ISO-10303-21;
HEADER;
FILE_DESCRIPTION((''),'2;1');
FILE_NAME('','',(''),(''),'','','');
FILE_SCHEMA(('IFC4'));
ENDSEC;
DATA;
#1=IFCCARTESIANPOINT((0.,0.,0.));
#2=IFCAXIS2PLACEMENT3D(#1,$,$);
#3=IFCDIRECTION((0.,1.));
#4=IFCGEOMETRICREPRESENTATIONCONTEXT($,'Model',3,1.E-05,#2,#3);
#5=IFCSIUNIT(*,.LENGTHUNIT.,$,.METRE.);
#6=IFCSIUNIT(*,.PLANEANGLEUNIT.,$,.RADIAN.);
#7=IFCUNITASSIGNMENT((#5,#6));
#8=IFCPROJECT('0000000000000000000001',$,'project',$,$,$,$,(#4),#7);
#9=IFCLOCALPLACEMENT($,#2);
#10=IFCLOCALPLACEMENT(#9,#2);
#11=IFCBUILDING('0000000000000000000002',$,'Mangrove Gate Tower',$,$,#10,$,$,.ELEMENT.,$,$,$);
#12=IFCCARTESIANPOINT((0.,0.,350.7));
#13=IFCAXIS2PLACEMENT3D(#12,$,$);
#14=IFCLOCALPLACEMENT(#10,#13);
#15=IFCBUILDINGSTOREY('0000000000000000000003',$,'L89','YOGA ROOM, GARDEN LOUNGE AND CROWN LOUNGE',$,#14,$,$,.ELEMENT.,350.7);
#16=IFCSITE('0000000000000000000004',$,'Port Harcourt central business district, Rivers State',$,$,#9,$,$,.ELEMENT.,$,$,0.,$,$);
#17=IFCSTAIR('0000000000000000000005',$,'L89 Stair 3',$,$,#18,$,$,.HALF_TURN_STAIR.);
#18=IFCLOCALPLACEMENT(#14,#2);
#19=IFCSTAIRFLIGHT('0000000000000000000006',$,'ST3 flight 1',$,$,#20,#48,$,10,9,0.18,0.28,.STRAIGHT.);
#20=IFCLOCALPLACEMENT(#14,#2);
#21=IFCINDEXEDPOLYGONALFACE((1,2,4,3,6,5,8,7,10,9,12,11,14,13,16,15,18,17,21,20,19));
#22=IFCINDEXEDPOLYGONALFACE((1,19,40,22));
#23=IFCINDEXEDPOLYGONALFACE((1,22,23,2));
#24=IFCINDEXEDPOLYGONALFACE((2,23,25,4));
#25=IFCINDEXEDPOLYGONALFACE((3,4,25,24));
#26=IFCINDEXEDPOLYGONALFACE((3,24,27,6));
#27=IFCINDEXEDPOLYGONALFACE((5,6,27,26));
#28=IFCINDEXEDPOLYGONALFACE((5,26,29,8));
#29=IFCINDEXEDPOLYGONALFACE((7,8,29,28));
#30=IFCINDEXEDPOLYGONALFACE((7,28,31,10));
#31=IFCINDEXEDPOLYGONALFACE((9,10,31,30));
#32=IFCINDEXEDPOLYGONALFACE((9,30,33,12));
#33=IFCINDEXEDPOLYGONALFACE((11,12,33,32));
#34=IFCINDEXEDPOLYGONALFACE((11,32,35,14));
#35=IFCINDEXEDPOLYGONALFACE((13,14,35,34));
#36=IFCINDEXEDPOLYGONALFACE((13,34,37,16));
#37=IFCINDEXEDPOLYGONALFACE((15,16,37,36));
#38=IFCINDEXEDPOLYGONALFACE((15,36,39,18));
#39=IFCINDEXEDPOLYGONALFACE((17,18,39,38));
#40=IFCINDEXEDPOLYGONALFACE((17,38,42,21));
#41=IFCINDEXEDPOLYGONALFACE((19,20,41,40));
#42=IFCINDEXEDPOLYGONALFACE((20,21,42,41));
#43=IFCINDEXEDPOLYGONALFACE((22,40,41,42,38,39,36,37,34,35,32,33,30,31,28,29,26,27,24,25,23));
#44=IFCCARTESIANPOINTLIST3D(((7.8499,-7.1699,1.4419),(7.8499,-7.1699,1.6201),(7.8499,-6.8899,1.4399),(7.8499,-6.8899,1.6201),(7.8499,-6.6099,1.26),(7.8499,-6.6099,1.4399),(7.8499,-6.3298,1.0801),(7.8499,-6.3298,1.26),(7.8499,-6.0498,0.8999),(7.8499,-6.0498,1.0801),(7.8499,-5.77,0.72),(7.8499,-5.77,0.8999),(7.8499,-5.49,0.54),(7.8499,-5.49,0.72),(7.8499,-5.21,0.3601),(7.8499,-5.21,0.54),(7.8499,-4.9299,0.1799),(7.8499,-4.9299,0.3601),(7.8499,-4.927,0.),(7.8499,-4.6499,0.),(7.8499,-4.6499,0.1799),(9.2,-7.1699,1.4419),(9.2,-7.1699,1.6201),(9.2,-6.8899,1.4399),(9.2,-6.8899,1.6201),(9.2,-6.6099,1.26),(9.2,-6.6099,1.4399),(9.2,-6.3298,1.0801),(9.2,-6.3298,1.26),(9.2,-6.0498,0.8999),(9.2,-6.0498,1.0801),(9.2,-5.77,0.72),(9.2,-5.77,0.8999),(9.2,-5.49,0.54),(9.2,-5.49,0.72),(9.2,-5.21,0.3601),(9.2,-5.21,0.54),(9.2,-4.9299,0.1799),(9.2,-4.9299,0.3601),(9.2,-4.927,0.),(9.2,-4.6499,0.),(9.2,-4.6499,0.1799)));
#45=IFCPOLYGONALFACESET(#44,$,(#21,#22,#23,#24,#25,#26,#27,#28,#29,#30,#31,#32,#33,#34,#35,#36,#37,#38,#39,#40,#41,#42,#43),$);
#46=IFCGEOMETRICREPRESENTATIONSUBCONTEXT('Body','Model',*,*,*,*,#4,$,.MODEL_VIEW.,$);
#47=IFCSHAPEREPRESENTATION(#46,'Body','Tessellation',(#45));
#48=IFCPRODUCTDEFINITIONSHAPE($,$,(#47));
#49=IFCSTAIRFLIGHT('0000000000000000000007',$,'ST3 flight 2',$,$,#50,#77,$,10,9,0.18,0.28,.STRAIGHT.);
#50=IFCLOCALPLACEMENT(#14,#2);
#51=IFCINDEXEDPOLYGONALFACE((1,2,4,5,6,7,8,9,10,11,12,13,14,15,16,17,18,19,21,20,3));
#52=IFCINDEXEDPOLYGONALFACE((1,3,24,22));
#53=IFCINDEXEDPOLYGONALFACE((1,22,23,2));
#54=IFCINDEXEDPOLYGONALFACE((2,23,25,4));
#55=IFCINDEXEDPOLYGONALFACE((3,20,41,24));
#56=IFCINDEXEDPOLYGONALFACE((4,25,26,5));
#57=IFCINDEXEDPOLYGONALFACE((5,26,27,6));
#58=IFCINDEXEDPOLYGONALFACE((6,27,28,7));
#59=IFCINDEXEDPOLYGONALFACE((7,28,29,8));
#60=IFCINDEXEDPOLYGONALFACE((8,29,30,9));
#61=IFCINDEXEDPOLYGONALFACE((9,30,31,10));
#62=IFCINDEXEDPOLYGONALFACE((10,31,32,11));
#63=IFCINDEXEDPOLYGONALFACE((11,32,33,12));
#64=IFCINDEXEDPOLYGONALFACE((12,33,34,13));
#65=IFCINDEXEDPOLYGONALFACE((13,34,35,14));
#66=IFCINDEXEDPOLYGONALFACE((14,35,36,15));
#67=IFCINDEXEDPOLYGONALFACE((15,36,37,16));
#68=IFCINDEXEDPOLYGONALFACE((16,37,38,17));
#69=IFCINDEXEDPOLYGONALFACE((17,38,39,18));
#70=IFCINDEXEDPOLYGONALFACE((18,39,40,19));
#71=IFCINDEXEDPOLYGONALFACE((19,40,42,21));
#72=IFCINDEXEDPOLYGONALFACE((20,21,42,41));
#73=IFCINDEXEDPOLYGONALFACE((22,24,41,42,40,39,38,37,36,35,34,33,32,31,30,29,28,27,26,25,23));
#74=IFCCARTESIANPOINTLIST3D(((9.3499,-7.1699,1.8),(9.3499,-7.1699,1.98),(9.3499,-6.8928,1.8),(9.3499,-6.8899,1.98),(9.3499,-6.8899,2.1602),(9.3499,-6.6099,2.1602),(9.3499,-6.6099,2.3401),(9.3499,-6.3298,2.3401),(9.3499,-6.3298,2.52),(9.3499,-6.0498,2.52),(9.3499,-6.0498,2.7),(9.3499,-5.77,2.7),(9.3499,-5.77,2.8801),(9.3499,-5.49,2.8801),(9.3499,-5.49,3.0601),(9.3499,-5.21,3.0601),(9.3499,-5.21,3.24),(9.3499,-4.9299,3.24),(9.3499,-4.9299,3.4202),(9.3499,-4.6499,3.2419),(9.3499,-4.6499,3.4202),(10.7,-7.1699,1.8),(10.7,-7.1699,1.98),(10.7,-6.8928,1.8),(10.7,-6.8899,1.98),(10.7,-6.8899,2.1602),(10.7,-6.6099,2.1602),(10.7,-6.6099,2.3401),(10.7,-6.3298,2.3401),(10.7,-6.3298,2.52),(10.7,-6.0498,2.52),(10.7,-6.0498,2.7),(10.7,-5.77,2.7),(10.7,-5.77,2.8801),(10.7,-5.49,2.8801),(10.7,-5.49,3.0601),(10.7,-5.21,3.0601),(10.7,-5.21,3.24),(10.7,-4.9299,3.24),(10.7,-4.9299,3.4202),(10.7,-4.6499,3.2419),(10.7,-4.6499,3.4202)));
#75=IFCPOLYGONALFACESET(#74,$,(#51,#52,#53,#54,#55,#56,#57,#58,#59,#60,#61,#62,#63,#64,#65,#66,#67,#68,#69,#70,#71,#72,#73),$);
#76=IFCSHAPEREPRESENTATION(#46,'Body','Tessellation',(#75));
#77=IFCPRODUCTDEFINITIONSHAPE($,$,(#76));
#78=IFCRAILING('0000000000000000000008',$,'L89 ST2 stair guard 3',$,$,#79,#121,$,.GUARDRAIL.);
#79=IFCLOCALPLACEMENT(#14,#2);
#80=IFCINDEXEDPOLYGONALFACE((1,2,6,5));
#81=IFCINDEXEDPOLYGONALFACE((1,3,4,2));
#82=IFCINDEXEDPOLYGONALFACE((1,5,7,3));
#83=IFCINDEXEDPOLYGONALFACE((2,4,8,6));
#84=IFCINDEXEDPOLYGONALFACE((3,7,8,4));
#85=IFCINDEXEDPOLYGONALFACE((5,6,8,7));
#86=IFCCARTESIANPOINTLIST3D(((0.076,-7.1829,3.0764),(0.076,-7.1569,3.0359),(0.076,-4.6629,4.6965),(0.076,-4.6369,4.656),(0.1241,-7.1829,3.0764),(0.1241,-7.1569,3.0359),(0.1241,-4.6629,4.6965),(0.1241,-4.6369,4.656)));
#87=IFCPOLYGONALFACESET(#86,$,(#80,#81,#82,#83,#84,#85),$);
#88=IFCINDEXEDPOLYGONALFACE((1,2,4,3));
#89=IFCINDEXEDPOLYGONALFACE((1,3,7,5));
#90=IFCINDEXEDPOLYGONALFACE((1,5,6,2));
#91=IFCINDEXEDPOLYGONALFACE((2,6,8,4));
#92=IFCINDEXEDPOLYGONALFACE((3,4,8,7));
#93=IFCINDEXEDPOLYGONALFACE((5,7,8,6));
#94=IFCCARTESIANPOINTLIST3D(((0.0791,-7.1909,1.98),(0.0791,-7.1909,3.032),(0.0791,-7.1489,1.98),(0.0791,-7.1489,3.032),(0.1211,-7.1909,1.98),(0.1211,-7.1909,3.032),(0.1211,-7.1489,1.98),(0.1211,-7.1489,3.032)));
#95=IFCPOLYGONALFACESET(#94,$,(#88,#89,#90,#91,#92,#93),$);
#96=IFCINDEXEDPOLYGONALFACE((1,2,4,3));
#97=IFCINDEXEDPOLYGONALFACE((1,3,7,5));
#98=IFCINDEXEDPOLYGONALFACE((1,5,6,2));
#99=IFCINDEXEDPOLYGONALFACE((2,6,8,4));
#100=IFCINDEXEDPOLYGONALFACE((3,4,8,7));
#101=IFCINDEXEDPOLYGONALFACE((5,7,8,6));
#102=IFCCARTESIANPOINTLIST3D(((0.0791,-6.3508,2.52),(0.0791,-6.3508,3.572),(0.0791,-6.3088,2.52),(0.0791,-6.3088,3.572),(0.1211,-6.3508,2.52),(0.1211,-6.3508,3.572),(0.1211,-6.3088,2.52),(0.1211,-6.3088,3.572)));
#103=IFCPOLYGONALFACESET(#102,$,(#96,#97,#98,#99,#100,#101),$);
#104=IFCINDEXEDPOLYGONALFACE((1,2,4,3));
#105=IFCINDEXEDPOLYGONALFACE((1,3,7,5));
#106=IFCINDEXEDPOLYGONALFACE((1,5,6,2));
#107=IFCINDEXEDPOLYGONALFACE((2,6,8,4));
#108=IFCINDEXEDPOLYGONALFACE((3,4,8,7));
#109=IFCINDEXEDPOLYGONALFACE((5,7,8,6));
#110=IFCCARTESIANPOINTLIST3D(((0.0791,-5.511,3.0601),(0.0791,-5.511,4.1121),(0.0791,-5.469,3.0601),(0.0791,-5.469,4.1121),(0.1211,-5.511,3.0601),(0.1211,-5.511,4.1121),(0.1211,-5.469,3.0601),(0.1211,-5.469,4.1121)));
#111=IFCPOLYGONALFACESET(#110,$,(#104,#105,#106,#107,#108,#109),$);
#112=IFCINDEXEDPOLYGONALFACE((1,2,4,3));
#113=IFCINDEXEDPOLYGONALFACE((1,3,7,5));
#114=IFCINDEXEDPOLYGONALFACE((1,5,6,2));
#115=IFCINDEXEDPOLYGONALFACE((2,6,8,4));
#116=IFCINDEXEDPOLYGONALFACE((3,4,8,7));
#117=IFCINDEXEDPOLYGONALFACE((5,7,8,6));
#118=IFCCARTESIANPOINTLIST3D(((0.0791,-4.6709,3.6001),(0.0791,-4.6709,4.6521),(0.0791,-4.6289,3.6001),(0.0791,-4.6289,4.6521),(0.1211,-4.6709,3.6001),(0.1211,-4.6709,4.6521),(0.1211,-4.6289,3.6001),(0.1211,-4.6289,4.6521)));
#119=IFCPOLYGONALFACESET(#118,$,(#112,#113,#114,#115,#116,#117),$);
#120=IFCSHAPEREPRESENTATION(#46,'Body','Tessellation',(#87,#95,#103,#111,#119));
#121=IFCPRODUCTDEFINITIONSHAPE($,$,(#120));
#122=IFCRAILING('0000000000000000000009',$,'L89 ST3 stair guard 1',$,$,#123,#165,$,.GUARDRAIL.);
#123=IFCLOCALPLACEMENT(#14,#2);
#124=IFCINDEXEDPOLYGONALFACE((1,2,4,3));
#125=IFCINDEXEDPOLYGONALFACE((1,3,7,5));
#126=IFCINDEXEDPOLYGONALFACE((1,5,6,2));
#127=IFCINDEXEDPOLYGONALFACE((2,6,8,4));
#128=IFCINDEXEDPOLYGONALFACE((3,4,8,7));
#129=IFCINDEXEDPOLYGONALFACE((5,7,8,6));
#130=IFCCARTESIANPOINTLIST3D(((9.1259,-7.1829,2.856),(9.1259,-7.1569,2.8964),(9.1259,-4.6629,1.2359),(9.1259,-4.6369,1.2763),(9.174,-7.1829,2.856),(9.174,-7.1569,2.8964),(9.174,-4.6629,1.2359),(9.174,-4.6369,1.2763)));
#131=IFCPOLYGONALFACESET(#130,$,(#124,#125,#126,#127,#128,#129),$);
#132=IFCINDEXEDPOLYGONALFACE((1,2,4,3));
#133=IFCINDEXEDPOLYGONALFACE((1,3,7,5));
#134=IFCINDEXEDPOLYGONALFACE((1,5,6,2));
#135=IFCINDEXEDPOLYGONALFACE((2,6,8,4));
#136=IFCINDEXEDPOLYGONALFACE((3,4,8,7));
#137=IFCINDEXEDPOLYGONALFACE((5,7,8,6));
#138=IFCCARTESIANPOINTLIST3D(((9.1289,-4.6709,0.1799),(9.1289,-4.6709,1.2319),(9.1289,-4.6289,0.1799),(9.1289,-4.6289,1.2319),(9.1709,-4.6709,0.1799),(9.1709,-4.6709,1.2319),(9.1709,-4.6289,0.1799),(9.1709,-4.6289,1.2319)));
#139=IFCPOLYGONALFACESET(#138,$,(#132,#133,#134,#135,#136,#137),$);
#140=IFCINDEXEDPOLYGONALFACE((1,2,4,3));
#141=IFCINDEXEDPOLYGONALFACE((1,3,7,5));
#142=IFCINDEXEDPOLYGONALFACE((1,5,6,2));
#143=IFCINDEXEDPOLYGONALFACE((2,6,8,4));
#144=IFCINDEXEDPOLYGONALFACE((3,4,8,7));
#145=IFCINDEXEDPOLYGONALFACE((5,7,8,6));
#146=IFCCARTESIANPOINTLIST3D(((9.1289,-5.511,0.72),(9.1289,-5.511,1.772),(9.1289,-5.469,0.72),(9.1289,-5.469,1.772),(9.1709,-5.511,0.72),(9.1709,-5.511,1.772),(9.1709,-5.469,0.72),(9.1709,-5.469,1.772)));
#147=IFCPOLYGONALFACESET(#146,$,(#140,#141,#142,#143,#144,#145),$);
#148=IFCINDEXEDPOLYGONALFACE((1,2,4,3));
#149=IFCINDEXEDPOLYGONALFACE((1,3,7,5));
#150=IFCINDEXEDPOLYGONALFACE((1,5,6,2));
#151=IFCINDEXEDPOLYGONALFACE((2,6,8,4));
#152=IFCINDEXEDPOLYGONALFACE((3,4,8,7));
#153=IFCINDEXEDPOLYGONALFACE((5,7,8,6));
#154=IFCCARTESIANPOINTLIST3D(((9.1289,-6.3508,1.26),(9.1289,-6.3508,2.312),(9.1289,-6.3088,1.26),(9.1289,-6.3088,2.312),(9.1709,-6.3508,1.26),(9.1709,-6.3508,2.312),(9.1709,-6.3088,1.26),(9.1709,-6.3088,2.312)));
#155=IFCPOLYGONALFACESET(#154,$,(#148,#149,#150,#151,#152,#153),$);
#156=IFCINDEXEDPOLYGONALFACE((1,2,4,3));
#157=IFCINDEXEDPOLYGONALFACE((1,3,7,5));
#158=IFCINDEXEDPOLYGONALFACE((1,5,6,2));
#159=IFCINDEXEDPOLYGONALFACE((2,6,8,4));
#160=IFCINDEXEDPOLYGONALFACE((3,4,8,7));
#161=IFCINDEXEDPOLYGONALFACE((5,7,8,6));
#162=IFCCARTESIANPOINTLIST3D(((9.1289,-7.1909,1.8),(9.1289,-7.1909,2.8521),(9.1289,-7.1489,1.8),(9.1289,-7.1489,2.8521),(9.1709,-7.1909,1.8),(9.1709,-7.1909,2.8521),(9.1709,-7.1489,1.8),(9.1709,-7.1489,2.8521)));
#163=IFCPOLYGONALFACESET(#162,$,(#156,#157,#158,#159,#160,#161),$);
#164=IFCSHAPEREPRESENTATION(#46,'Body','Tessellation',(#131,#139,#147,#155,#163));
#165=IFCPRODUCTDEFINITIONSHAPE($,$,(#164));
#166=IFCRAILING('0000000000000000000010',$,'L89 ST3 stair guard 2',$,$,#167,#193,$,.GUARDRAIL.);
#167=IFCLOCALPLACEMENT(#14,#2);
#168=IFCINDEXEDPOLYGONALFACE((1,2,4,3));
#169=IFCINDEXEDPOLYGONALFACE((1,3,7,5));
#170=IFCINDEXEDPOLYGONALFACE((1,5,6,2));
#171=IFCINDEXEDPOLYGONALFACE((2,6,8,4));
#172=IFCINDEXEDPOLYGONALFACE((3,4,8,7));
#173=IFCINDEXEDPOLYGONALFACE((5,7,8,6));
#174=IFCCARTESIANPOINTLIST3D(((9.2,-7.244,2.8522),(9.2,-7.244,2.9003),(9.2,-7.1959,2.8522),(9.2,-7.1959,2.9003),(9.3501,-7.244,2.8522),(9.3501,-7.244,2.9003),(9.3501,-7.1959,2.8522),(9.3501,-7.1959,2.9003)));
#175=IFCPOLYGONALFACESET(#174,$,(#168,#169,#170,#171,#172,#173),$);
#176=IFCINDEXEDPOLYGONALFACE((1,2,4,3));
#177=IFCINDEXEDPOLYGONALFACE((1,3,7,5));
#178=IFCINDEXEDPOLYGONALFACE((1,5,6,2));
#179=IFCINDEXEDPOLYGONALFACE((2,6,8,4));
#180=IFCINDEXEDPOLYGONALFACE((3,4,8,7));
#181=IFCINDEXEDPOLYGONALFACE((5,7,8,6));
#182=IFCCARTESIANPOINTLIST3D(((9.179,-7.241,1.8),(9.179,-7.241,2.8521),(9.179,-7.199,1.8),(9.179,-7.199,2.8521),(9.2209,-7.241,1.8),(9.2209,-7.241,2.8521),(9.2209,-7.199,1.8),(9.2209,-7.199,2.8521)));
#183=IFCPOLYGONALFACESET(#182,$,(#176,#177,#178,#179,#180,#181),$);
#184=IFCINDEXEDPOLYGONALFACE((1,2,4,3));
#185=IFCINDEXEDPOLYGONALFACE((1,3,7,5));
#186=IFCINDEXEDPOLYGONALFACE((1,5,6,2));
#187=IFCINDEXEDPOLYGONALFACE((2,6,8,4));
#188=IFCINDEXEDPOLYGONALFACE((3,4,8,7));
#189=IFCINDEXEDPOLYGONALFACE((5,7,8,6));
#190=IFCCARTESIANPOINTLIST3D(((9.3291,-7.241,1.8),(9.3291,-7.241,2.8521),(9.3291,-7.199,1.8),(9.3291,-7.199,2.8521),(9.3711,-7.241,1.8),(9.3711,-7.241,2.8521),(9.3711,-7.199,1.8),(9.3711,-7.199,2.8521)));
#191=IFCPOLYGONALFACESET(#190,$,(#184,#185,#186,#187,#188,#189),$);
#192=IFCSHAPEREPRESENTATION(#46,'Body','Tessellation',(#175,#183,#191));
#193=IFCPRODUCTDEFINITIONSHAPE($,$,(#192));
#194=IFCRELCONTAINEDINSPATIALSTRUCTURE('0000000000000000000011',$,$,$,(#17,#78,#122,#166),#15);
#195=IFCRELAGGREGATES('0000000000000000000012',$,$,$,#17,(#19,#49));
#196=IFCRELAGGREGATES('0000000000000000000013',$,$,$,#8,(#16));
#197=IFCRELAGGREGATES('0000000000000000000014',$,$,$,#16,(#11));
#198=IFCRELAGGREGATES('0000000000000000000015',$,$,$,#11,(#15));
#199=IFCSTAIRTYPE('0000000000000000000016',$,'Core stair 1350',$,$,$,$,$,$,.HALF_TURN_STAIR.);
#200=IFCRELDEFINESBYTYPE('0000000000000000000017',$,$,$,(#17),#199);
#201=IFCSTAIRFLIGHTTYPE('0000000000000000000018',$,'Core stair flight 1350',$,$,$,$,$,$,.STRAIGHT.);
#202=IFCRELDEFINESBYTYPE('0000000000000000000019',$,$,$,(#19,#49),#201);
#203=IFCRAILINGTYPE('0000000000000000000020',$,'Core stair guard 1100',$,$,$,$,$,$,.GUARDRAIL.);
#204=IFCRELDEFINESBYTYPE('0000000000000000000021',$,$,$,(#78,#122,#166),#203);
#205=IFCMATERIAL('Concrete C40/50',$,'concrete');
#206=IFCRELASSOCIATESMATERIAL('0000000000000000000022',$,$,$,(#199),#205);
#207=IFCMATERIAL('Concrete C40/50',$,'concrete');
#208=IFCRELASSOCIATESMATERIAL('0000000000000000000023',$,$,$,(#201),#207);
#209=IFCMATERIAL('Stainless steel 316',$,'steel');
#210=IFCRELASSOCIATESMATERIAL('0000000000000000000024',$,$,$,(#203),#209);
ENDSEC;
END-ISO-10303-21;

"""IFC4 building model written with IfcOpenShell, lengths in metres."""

from ifc_helpers import new_model, si_unit, direction, frame, origin, origin_2d, place, context, subcontext, project, spatial, polyline, rectangle, outline, extrude, material, type_object, element, aggregate, save


model = new_model("IFC4")

# Units and contexts
model_context = context("Model", 3, precision=1e-05, world=origin(), true_north=direction((0.0, 1.0)))
body_context = subcontext(model_context, "Body", "Model", "MODEL_VIEW")
ifc_project = project(units=[si_unit("LENGTHUNIT", "METRE"), si_unit("PLANEANGLEUNIT", "RADIAN")], contexts=[model_context])

# Site, building, storey
site_placement = place(None, origin())
site = spatial("IfcSite", under=ifc_project, at=site_placement, Name="Port Harcourt central business district, Rivers State", CompositionType="ELEMENT", RefElevation=0.0)
building_placement = place(site_placement, origin())
building = spatial("IfcBuilding", under=site, at=building_placement, Name="Mangrove Gate Tower", CompositionType="ELEMENT")
storey_placement = place(building_placement, frame((0.0, 0.0, 350.7)))
storey = spatial("IfcBuildingStorey", under=building, at=storey_placement, Name="L89", Description="YOGA ROOM, GARDEN LOUNGE AND CROWN LOUNGE", CompositionType="ELEMENT", Elevation=350.7)

# Shared definitions
ifc_material_1 = material(Name="Concrete C40/50", Category="concrete")
stair_type = type_object("IfcStairType", Name="Core stair 1350", PredefinedType="HALF_TURN_STAIR", material=ifc_material_1)
ifc_material_2 = material(Name="Concrete C40/50", Category="concrete")
stair_flight_type = type_object("IfcStairFlightType", Name="Core stair flight 1350", PredefinedType="STRAIGHT", material=ifc_material_2)

# Stair, stair flights
stair_1_placement = place(storey_placement, origin())
stair_1 = element("IfcStair", 1, at=stair_1_placement, inside=storey, type_object=stair_type, Name="L89 Stair 3", PredefinedType="HALF_TURN_STAIR")
stair_flight_1_placement = place(storey_placement, frame((8.5249, -4.6499, 0.0), z_axis=(0.0, 0.0, 1.0), x_axis=(0.0, -1.0, 0.0)))
stair_flight_1 = element("IfcStairFlight", 2, at=stair_flight_1_placement, type_object=stair_flight_type, Name="ST3 flight 1", NumberOfRisers=10, NumberOfTreads=9, PredefinedType="STRAIGHT", RiserHeight=0.18, TreadLength=0.28, context=body_context, shape_type="SweptSolid", body=[
    extrude(outline(polyline([(0.0, 0.0), (0.0, 0.1799), (0.28, 0.1799), (0.28, 0.3601), (0.5601, 0.3601), (0.5601, 0.54), (0.8401, 0.54), (0.8401, 0.72), (1.1201, 0.72), (1.1201, 0.8999), (1.3999, 0.8999), (1.3999, 1.0801), (1.6799, 1.0801), (1.6799, 1.26), (1.96, 1.26), (1.96, 1.4399), (2.24, 1.4399), (2.24, 1.6201), (2.52, 1.6201), (2.52, 1.8), (2.52, 1.4419), (0.2771, 0.0), (0.0, 0.0)])), frame((0.0, 0.675, 0.0), z_axis=(0.0, -1.0, 0.0), x_axis=(1.0, 0.0, 0.0)), (0.0, 0.0, 1.0), 1.3501),
])
stair_flight_2_placement = place(storey_placement, frame((10.0249, -7.1699, 1.8), z_axis=(0.0, 0.0, 1.0), x_axis=(0.0, 1.0, 0.0)))
stair_flight_2 = element("IfcStairFlight", 3, at=stair_flight_2_placement, type_object=stair_flight_type, Name="ST3 flight 2", NumberOfRisers=10, NumberOfTreads=9, PredefinedType="STRAIGHT", RiserHeight=0.18, TreadLength=0.28, context=body_context, shape_type="SweptSolid", body=[
    extrude(outline(polyline([(0.0, 0.0), (0.0, 0.1799), (0.28, 0.1799), (0.28, 0.3601), (0.5601, 0.3601), (0.5601, 0.54), (0.8401, 0.54), (0.8401, 0.72), (1.1201, 0.72), (1.1201, 0.8999), (1.3999, 0.8999), (1.3999, 1.0801), (1.6799, 1.0801), (1.6799, 1.26), (1.96, 1.26), (1.96, 1.4399), (2.24, 1.4399), (2.24, 1.6201), (2.52, 1.6201), (2.52, 1.8), (2.52, 1.4419), (0.2771, 0.0), (0.0, 0.0)])), frame((0.0, 0.675, 0.0), z_axis=(0.0, -1.0, 0.0), x_axis=(1.0, 0.0, 0.0)), (0.0, 0.0, 1.0), 1.3501),
])
aggregate(stair_1, [stair_flight_1, stair_flight_2])

# Railings
ifc_material_3 = material(Name="Stainless steel 316", Category="steel")
railing_type_1 = type_object("IfcRailingType", Name="Core stair guard 1100", PredefinedType="GUARDRAIL", material=ifc_material_3)
railing_1_placement = place(storey_placement, frame((0.1001, -7.1699, 1.98)))
element("IfcRailing", 4, at=railing_1_placement, inside=storey, type_object=railing_type_1, Name="L89 ST2 stair guard 3", PredefinedType="GUARDRAIL", context=body_context, shape_type="SweptSolid", body=[
    extrude(rectangle(XDim=0.0481, YDim=0.0481, at=origin_2d()), frame((0.0, 0.0, 1.0762), z_axis=(0.0, 0.841163, 0.540782), x_axis=(-1.0, 0.0, 0.0)), (0.0, 0.0, 1.0), 2.9958),
    extrude(rectangle(XDim=0.042, YDim=0.042, at=origin_2d()), origin(), (0.0, 0.0, 1.0), 1.052),
    extrude(rectangle(XDim=0.042, YDim=0.042, at=origin_2d()), frame((0.0, 0.8401, 0.54)), (0.0, 0.0, 1.0), 1.052),
    extrude(rectangle(XDim=0.042, YDim=0.042, at=origin_2d()), frame((0.0, 1.6799, 1.0801)), (0.0, 0.0, 1.0), 1.052),
    extrude(rectangle(XDim=0.042, YDim=0.042, at=origin_2d()), frame((0.0, 2.52, 1.6201)), (0.0, 0.0, 1.0), 1.052),
])
railing_2_placement = place(storey_placement, frame((9.1499, -4.6499, 0.1799)))
element("IfcRailing", 5, at=railing_2_placement, inside=storey, type_object=railing_type_1, Name="L89 ST3 stair guard 1", PredefinedType="GUARDRAIL", context=body_context, shape_type="SweptSolid", body=[
    extrude(rectangle(XDim=0.0481, YDim=0.0481, at=origin_2d()), frame((0.0, 0.0, 1.0762), z_axis=(0.0, -0.841163, 0.540782), x_axis=(1.0, 0.0, 0.0)), (0.0, 0.0, 1.0), 2.9958),
    extrude(rectangle(XDim=0.042, YDim=0.042, at=origin_2d()), origin(), (0.0, 0.0, 1.0), 1.052),
    extrude(rectangle(XDim=0.042, YDim=0.042, at=origin_2d()), frame((0.0, -0.8401, 0.54)), (0.0, 0.0, 1.0), 1.052),
    extrude(rectangle(XDim=0.042, YDim=0.042, at=origin_2d()), frame((0.0, -1.6799, 1.0801)), (0.0, 0.0, 1.0), 1.052),
    extrude(rectangle(XDim=0.042, YDim=0.042, at=origin_2d()), frame((0.0, -2.52, 1.6201)), (0.0, 0.0, 1.0), 1.052),
])
railing_3_placement = place(storey_placement, frame((9.2, -7.22, 1.8)))
element("IfcRailing", 6, at=railing_3_placement, inside=storey, type_object=railing_type_1, Name="L89 ST3 stair guard 2", PredefinedType="GUARDRAIL", context=body_context, shape_type="SweptSolid", body=[
    extrude(rectangle(XDim=0.0481, YDim=0.0481, at=origin_2d()), frame((0.0, 0.0, 1.0762), z_axis=(1.0, 0.0, 0.0), x_axis=(0.0, 1.0, 0.0)), (0.0, 0.0, 1.0), 0.1501),
    extrude(rectangle(XDim=0.042, YDim=0.042, at=origin_2d()), origin(), (0.0, 0.0, 1.0), 1.052),
    extrude(rectangle(XDim=0.042, YDim=0.042, at=origin_2d()), frame((0.1501, 0.0, 0.0)), (0.0, 0.0, 1.0), 1.052),
])

save(model, "model.ifc")
